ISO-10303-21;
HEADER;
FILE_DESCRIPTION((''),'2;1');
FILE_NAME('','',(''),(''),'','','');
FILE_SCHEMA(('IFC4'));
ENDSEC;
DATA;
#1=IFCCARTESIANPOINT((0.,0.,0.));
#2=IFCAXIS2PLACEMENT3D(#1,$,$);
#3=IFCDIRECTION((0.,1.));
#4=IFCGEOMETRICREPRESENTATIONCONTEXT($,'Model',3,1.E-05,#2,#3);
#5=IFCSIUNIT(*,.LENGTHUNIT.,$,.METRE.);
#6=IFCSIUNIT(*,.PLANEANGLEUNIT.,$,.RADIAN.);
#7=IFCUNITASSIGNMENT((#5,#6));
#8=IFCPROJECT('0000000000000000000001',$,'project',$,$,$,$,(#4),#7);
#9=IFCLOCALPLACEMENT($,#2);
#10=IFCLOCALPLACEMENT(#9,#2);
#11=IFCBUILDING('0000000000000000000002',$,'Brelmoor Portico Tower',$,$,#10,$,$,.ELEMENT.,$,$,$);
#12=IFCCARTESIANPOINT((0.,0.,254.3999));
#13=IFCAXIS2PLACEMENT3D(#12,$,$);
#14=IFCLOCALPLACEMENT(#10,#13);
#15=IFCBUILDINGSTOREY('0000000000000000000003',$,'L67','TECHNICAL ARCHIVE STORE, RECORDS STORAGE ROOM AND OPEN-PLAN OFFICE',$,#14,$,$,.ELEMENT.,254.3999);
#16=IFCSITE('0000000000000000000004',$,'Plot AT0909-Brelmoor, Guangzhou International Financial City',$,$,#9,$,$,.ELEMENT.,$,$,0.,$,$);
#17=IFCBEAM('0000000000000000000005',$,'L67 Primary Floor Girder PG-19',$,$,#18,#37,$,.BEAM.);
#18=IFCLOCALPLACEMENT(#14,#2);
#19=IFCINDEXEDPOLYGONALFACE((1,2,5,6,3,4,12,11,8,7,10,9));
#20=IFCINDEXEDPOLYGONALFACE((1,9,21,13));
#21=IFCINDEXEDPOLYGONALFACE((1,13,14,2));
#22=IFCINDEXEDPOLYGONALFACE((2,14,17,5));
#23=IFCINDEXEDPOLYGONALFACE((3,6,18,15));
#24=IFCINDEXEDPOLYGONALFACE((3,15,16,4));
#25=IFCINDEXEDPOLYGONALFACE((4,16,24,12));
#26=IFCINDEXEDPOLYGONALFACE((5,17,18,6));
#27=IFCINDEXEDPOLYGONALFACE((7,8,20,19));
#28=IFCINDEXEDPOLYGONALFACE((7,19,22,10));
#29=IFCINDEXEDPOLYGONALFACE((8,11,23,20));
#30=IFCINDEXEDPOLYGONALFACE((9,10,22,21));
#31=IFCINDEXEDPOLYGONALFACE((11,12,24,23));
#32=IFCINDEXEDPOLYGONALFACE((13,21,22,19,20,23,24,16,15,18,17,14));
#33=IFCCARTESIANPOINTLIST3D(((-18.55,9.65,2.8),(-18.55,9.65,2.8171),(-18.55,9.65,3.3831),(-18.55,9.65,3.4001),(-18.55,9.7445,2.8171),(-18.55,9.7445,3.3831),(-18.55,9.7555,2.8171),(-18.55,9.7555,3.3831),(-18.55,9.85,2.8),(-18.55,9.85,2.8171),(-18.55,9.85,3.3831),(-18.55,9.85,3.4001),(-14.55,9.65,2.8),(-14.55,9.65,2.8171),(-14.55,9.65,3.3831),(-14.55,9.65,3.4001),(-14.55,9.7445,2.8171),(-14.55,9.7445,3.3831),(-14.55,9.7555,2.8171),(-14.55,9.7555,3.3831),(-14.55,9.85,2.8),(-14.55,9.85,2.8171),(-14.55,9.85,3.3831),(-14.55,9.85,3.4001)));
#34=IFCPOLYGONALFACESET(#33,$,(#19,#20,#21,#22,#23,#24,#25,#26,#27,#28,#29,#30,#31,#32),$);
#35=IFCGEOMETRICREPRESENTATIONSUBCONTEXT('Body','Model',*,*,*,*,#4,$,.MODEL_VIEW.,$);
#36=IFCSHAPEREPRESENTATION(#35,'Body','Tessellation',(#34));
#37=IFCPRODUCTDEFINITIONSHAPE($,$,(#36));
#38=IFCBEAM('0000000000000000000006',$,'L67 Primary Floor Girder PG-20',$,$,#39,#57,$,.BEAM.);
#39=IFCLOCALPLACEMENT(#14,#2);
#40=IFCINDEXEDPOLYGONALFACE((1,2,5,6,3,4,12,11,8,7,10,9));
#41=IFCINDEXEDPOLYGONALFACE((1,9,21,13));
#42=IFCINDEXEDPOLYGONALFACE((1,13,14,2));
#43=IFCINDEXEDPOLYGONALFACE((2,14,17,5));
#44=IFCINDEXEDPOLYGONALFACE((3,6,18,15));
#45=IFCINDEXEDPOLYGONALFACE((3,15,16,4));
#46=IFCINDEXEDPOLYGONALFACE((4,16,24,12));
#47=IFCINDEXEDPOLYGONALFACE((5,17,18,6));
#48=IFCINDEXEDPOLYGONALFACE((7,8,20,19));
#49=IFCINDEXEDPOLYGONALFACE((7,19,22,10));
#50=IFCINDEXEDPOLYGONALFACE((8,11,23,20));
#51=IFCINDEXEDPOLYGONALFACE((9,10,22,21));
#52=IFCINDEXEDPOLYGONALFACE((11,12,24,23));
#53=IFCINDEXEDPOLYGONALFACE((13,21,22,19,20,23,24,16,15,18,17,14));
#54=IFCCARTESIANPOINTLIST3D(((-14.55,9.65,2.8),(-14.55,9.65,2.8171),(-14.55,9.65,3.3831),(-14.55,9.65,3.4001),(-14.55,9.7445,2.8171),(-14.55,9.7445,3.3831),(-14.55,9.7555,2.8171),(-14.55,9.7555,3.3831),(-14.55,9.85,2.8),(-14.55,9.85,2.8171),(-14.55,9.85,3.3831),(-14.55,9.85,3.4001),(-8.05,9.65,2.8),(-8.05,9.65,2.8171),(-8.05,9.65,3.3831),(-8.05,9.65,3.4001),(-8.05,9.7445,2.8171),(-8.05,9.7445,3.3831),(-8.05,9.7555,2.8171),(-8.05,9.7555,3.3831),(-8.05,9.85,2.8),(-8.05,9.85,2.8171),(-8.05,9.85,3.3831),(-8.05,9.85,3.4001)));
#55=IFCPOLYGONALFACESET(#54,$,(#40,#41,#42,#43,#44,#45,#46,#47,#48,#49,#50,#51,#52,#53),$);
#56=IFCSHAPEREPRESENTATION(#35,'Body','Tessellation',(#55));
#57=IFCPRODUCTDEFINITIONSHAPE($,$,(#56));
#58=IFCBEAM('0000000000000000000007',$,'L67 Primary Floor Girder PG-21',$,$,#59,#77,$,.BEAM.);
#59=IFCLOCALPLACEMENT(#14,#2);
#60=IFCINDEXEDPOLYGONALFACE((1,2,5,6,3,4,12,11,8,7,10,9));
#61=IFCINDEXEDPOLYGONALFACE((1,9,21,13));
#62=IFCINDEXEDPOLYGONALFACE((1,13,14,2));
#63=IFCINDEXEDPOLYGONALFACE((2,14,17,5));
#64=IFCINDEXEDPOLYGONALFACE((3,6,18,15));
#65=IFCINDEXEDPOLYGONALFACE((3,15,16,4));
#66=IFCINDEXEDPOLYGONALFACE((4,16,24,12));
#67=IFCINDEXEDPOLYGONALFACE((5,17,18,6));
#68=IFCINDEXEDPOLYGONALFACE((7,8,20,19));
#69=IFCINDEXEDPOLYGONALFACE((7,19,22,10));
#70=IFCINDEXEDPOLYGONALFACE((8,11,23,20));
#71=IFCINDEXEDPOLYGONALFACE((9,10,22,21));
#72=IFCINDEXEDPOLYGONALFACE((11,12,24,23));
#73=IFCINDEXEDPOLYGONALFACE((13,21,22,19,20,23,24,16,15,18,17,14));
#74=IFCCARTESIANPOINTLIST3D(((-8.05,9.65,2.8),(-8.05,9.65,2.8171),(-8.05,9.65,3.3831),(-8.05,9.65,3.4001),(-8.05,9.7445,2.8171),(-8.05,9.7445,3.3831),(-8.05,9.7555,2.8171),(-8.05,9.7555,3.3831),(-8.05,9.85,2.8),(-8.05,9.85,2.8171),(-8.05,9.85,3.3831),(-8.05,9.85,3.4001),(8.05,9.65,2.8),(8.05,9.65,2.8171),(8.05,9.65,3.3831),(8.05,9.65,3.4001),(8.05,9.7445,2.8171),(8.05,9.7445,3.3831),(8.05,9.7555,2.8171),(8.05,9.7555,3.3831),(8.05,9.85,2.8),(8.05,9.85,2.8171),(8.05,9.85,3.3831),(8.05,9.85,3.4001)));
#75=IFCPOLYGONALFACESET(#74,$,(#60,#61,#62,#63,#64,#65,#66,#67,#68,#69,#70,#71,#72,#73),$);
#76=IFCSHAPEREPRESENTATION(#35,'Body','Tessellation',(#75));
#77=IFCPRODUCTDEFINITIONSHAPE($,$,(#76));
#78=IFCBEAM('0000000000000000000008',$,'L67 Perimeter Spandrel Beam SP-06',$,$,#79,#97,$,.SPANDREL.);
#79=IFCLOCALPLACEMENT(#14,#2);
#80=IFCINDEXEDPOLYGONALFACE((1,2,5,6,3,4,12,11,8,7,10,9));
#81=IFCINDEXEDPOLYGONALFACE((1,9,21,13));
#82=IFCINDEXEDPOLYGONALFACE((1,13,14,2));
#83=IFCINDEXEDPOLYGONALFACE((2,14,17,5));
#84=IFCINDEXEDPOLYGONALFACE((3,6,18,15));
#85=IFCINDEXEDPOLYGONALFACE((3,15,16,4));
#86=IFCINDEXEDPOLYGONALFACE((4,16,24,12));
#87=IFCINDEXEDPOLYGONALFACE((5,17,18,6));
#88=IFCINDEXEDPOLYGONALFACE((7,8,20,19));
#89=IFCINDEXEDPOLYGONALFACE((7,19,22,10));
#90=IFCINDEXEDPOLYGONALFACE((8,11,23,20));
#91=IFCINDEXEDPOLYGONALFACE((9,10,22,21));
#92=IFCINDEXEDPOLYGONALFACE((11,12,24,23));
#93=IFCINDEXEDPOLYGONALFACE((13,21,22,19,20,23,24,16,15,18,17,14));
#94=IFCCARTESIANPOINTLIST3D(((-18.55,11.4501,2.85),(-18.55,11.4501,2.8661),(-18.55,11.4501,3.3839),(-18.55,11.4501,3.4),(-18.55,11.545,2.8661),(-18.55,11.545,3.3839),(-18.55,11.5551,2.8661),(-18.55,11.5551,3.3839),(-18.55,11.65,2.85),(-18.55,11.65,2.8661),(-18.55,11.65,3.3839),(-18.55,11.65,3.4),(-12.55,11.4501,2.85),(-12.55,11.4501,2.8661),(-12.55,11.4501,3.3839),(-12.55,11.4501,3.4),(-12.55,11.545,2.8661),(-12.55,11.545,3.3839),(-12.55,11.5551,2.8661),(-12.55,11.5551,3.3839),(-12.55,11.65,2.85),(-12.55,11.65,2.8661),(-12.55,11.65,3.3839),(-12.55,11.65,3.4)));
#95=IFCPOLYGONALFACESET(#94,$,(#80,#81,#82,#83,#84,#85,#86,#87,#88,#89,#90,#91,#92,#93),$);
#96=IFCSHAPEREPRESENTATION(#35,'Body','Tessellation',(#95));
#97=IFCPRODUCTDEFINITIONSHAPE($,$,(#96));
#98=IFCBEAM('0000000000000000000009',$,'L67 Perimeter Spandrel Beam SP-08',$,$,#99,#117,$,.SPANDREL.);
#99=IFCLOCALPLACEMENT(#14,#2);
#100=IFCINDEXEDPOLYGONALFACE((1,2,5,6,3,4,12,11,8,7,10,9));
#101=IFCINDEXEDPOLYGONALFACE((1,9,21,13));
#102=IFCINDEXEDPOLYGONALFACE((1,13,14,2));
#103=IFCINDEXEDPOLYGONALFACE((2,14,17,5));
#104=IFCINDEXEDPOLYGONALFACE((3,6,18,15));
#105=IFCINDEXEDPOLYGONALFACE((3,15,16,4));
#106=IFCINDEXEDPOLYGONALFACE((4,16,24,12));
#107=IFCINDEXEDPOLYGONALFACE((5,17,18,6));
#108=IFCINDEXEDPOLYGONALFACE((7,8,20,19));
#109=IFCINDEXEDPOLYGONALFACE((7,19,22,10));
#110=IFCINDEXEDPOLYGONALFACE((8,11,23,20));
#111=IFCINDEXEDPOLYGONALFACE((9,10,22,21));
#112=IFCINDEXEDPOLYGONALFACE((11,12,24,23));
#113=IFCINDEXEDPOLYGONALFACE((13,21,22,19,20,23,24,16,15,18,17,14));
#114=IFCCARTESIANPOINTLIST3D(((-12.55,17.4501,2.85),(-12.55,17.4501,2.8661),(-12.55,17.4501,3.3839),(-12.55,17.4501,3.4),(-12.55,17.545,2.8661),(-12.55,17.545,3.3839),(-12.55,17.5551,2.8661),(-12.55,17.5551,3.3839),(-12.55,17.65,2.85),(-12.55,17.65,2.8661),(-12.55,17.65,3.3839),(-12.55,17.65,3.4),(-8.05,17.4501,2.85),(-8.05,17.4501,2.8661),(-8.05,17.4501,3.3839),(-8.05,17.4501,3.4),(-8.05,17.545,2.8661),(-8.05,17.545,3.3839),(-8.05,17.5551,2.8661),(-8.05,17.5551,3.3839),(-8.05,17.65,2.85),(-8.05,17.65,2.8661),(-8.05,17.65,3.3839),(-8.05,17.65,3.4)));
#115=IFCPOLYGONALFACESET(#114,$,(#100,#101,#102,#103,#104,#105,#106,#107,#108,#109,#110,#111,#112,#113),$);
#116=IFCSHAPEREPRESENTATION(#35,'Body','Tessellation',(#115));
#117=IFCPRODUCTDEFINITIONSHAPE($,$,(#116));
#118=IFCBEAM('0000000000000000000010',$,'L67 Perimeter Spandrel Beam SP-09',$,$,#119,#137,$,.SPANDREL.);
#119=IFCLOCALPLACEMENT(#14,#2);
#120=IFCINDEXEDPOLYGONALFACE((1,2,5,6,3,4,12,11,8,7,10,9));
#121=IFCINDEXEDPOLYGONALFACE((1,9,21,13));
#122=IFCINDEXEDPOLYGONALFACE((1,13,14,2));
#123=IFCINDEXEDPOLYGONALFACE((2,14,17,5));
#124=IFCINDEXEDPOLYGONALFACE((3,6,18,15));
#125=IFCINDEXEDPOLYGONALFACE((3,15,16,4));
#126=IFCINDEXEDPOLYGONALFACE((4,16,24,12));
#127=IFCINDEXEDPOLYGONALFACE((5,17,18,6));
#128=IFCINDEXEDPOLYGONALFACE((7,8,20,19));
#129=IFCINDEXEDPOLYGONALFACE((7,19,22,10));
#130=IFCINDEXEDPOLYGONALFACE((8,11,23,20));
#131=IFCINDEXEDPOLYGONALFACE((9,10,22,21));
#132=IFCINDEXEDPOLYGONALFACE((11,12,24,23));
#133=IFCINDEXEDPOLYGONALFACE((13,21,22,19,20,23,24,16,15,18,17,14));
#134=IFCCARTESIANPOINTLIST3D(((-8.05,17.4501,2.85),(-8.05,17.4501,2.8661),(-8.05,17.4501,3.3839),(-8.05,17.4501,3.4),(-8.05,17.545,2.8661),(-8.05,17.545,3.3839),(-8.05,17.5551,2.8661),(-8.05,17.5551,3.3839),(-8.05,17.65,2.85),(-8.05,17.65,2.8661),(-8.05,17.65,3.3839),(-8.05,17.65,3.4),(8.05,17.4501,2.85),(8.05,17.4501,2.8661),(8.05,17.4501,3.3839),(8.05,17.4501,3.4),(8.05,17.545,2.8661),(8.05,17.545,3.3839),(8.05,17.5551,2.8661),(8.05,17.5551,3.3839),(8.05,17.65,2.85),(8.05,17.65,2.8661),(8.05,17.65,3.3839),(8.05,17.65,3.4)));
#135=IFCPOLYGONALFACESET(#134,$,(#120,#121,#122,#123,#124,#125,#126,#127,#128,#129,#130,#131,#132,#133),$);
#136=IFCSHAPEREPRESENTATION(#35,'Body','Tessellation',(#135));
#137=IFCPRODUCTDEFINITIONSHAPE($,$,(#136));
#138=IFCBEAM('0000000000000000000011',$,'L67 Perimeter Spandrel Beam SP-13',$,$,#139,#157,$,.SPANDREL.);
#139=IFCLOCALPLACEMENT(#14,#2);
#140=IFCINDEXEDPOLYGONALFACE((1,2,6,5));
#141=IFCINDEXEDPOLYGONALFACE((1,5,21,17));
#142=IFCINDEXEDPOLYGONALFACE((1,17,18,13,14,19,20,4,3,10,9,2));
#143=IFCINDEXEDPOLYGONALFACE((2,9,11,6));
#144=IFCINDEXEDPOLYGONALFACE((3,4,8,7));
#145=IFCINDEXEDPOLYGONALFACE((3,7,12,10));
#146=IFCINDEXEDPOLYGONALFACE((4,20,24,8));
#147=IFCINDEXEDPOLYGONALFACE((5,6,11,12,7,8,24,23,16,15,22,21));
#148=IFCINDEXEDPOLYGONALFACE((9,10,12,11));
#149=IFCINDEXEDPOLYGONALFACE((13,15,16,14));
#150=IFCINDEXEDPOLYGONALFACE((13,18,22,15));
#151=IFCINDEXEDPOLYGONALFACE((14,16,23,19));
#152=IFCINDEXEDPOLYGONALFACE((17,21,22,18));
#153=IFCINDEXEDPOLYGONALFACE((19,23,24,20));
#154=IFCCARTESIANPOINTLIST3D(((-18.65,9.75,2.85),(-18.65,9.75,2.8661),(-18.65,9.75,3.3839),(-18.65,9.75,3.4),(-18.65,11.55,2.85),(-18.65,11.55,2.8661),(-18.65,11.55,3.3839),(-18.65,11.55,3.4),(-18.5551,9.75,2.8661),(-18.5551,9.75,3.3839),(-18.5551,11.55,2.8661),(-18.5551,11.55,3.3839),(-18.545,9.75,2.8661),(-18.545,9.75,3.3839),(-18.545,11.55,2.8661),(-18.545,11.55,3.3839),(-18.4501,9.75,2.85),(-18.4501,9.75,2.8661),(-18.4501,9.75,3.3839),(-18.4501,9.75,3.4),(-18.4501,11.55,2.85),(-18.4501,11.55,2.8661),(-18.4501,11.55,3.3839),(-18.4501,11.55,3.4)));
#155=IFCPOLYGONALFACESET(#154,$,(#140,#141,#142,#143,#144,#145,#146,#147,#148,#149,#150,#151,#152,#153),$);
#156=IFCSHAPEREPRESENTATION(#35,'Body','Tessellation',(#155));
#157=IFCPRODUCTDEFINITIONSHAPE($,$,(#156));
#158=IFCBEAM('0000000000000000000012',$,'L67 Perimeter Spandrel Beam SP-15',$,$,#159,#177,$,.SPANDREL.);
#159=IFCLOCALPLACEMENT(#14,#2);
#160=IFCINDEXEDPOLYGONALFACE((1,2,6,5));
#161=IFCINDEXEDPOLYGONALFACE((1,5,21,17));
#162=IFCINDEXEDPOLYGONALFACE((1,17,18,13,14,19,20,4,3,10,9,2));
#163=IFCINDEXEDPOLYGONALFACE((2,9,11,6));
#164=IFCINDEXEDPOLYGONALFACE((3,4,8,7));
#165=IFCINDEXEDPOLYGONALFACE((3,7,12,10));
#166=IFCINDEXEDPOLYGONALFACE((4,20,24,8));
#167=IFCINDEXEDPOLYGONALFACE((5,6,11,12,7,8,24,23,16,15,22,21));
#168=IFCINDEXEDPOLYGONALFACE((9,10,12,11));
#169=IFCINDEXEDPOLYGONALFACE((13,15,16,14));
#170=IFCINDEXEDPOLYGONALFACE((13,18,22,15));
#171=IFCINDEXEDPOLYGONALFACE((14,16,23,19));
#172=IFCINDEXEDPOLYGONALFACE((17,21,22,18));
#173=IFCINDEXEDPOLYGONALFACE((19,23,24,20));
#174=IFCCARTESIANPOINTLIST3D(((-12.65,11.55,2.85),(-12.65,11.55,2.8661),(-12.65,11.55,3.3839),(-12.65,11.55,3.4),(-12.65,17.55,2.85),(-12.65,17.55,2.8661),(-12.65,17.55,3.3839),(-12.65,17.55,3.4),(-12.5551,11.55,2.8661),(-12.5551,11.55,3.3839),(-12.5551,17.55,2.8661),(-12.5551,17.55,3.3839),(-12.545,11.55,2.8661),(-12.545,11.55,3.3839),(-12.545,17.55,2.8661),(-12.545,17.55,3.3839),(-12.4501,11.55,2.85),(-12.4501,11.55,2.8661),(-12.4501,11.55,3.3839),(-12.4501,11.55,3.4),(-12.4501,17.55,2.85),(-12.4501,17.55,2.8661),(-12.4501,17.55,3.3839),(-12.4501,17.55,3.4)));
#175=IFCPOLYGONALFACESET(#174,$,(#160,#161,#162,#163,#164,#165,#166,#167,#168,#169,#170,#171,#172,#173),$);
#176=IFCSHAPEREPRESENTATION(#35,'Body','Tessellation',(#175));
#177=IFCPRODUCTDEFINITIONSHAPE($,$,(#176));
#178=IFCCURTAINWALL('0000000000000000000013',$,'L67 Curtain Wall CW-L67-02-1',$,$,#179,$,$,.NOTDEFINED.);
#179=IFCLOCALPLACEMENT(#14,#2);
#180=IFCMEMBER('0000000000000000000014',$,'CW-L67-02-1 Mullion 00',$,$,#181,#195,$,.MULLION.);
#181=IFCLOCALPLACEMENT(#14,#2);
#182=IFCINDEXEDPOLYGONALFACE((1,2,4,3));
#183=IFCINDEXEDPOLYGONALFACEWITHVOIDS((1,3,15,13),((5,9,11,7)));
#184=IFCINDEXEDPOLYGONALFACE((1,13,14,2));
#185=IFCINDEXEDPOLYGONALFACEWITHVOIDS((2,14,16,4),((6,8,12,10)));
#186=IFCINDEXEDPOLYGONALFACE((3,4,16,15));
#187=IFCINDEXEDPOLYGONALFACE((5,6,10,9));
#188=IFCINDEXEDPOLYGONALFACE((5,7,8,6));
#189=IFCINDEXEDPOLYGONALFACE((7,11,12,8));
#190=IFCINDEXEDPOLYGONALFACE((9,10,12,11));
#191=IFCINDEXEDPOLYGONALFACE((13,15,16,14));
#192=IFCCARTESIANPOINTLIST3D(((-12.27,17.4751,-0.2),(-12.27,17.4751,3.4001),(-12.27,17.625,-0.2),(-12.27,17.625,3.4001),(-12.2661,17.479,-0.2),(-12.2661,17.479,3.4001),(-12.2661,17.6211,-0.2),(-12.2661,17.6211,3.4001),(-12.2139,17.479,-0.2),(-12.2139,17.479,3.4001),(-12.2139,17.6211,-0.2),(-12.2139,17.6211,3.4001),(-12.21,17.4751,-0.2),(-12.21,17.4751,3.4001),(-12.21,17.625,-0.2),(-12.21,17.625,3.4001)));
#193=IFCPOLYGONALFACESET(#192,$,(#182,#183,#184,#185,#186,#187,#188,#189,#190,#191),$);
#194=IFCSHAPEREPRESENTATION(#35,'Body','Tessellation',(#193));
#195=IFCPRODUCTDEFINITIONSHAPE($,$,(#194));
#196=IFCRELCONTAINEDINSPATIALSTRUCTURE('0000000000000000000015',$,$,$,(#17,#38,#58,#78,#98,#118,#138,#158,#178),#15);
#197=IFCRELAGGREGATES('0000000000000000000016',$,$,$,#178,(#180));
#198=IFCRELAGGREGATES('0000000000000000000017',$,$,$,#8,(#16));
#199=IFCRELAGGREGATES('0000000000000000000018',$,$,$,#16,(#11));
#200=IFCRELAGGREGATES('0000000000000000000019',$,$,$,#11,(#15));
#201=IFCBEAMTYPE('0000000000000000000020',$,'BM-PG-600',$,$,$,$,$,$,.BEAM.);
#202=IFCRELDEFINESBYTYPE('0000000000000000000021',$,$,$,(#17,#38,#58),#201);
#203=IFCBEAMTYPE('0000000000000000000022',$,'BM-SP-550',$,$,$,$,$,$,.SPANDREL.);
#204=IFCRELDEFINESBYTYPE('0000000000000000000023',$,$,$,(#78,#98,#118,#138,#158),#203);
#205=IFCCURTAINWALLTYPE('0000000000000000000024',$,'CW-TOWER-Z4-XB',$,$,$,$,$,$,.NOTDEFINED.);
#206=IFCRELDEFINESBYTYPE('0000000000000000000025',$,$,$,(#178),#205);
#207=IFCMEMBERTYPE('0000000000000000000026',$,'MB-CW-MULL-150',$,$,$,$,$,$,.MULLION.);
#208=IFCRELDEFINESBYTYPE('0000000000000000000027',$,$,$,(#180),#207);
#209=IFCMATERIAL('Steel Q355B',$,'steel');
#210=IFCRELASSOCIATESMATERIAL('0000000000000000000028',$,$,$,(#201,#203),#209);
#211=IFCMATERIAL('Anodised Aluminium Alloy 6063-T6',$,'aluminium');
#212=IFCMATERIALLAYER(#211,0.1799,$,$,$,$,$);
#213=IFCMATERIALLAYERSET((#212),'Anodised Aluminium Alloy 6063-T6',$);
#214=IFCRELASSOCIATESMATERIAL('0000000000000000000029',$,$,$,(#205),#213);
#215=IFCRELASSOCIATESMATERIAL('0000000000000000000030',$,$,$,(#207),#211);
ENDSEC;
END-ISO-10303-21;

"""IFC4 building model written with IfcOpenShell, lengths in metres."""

from ifc_helpers import new_model, si_unit, direction, frame, origin, origin_2d, place, context, subcontext, project, spatial, hollow_rectangle, i_section, extrude, material, layer, layer_set, material_profile, profile_set, type_object, element, aggregate, save


model = new_model("IFC4")

# Units and contexts
model_context = context("Model", 3, precision=1e-05, world=origin(), true_north=direction((0.0, 1.0)))
body_context = subcontext(model_context, "Body", "Model", "MODEL_VIEW")
ifc_project = project(units=[si_unit("LENGTHUNIT", "METRE"), si_unit("PLANEANGLEUNIT", "RADIAN")], contexts=[model_context])

# Site, building, storey
site_placement = place(None, origin())
site = spatial("IfcSite", under=ifc_project, at=site_placement, Name="Plot AT0909-Brelmoor, Guangzhou International Financial City", CompositionType="ELEMENT", RefElevation=0.0)
building_placement = place(site_placement, origin())
building = spatial("IfcBuilding", under=site, at=building_placement, Name="Brelmoor Portico Tower", CompositionType="ELEMENT")
storey_placement = place(building_placement, frame((0.0, 0.0, 254.3999)))
storey = spatial("IfcBuildingStorey", under=building, at=storey_placement, Name="L67", Description="TECHNICAL ARCHIVE STORE, RECORDS STORAGE ROOM AND OPEN-PLAN OFFICE", CompositionType="ELEMENT", Elevation=254.3999)

# Shared definitions
ifc_material_1 = material(Name="Steel Q355B", Category="steel")

# Beams
ifc_material_profile_1 = material_profile(ifc_material_1, i_section(OverallWidth=0.2, OverallDepth=0.6001, WebThickness=0.011, FlangeThickness=0.0171, at=origin_2d()), Name="HN 600x200x11x17")
ifc_profile_set_1 = profile_set([ifc_material_profile_1], Name="Steel Q355B")
beam_type_1 = type_object("IfcBeamType", Name="BM-PG-600", PredefinedType="BEAM", material=ifc_profile_set_1)
beam_1_placement = place(storey_placement, frame((-18.55, 9.75, 3.1001), z_axis=(1.0, 0.0, 0.0), x_axis=(0.0, 1.0, 0.0)))
element("IfcBeam", 1, at=beam_1_placement, inside=storey, type_object=beam_type_1, Name="L67 Primary Floor Girder PG-19", PredefinedType="BEAM", context=body_context, shape_type="SweptSolid", body=[
    extrude(i_section(OverallWidth=0.2, OverallDepth=0.6001, WebThickness=0.011, FlangeThickness=0.0171, at=origin_2d()), origin(), (0.0, 0.0, 1.0), 4.0),
])
beam_2_placement = place(storey_placement, frame((-14.55, 9.75, 3.1001), z_axis=(1.0, 0.0, 0.0), x_axis=(0.0, 1.0, 0.0)))
element("IfcBeam", 2, at=beam_2_placement, inside=storey, type_object=beam_type_1, Name="L67 Primary Floor Girder PG-20", PredefinedType="BEAM", context=body_context, shape_type="SweptSolid", body=[
    extrude(i_section(OverallWidth=0.2, OverallDepth=0.6001, WebThickness=0.011, FlangeThickness=0.0171, at=origin_2d()), origin(), (0.0, 0.0, 1.0), 6.5),
])
beam_3_placement = place(storey_placement, frame((-8.05, 9.75, 3.1001), z_axis=(1.0, 0.0, 0.0), x_axis=(0.0, 1.0, 0.0)))
element("IfcBeam", 3, at=beam_3_placement, inside=storey, type_object=beam_type_1, Name="L67 Primary Floor Girder PG-21", PredefinedType="BEAM", context=body_context, shape_type="SweptSolid", body=[
    extrude(i_section(OverallWidth=0.2, OverallDepth=0.6001, WebThickness=0.011, FlangeThickness=0.0171, at=origin_2d()), origin(), (0.0, 0.0, 1.0), 16.1001),
])
ifc_material_profile_2 = material_profile(ifc_material_1, i_section(OverallWidth=0.2, OverallDepth=0.55, WebThickness=0.01, FlangeThickness=0.0161, at=origin_2d()), Name="HN 550x200x10x16")
ifc_profile_set_2 = profile_set([ifc_material_profile_2], Name="Steel Q355B")
beam_type_2 = type_object("IfcBeamType", Name="BM-SP-550", PredefinedType="SPANDREL", material=ifc_profile_set_2)
beam_4_placement = place(storey_placement, frame((-18.55, 11.55, 3.125), z_axis=(1.0, 0.0, 0.0), x_axis=(0.0, 1.0, 0.0)))
element("IfcBeam", 4, at=beam_4_placement, inside=storey, type_object=beam_type_2, Name="L67 Perimeter Spandrel Beam SP-06", PredefinedType="SPANDREL", context=body_context, shape_type="SweptSolid", body=[
    extrude(i_section(OverallWidth=0.2, OverallDepth=0.55, WebThickness=0.01, FlangeThickness=0.0161, at=origin_2d()), origin(), (0.0, 0.0, 1.0), 6.0),
])
beam_5_placement = place(storey_placement, frame((-12.55, 17.55, 3.125), z_axis=(1.0, 0.0, 0.0), x_axis=(0.0, 1.0, 0.0)))
element("IfcBeam", 5, at=beam_5_placement, inside=storey, type_object=beam_type_2, Name="L67 Perimeter Spandrel Beam SP-08", PredefinedType="SPANDREL", context=body_context, shape_type="SweptSolid", body=[
    extrude(i_section(OverallWidth=0.2, OverallDepth=0.55, WebThickness=0.01, FlangeThickness=0.0161, at=origin_2d()), origin(), (0.0, 0.0, 1.0), 4.5),
])
beam_6_placement = place(storey_placement, frame((-8.05, 17.55, 3.125), z_axis=(1.0, 0.0, 0.0), x_axis=(0.0, 1.0, 0.0)))
element("IfcBeam", 6, at=beam_6_placement, inside=storey, type_object=beam_type_2, Name="L67 Perimeter Spandrel Beam SP-09", PredefinedType="SPANDREL", context=body_context, shape_type="SweptSolid", body=[
    extrude(i_section(OverallWidth=0.2, OverallDepth=0.55, WebThickness=0.01, FlangeThickness=0.0161, at=origin_2d()), origin(), (0.0, 0.0, 1.0), 16.1001),
])
beam_7_placement = place(storey_placement, frame((-18.55, 9.75, 3.125), z_axis=(0.0, 1.0, 0.0), x_axis=(-1.0, 0.0, 0.0)))
element("IfcBeam", 7, at=beam_7_placement, inside=storey, type_object=beam_type_2, Name="L67 Perimeter Spandrel Beam SP-13", PredefinedType="SPANDREL", context=body_context, shape_type="SweptSolid", body=[
    extrude(i_section(OverallWidth=0.2, OverallDepth=0.55, WebThickness=0.01, FlangeThickness=0.0161, at=origin_2d()), origin(), (0.0, 0.0, 1.0), 1.8),
])
beam_8_placement = place(storey_placement, frame((-12.55, 11.55, 3.125), z_axis=(0.0, 1.0, 0.0), x_axis=(-1.0, 0.0, 0.0)))
element("IfcBeam", 8, at=beam_8_placement, inside=storey, type_object=beam_type_2, Name="L67 Perimeter Spandrel Beam SP-15", PredefinedType="SPANDREL", context=body_context, shape_type="SweptSolid", body=[
    extrude(i_section(OverallWidth=0.2, OverallDepth=0.55, WebThickness=0.01, FlangeThickness=0.0161, at=origin_2d()), origin(), (0.0, 0.0, 1.0), 6.0),
])

# Curtain wall, member
ifc_material_2 = material(Name="Anodised Aluminium Alloy 6063-T6", Category="aluminium")
ifc_layer_1 = layer(ifc_material_2, 0.1799)
ifc_layer_set_1 = layer_set([ifc_layer_1], Name="Anodised Aluminium Alloy 6063-T6")
curtain_wall_type_1 = type_object("IfcCurtainWallType", Name="CW-TOWER-Z4-XB", PredefinedType="NOTDEFINED", material=ifc_layer_set_1)
curtain_wall_1_placement = place(storey_placement, origin())
curtain_wall_1 = element("IfcCurtainWall", 9, at=curtain_wall_1_placement, inside=storey, type_object=curtain_wall_type_1, Name="L67 Curtain Wall CW-L67-02-1", PredefinedType="NOTDEFINED")
ifc_material_profile_3 = material_profile(ifc_material_2, hollow_rectangle(XDim=0.0601, YDim=0.1499, WallThickness=0.0039, at=origin_2d()), Name="ALU MULLION 60x150")
ifc_profile_set_3 = profile_set([ifc_material_profile_3], Name="Anodised Aluminium Alloy 6063-T6")
member_type_1 = type_object("IfcMemberType", Name="MB-CW-MULL-150", PredefinedType="MULLION", material=ifc_profile_set_3)
member_1_placement = place(storey_placement, frame((-12.24, 17.55, -0.2), z_axis=(0.0, 0.0, 1.0), x_axis=(1.0, 0.0, 0.0)))
member_1 = element("IfcMember", 10, at=member_1_placement, type_object=member_type_1, Name="CW-L67-02-1 Mullion 00", PredefinedType="MULLION", context=body_context, shape_type="SweptSolid", body=[
    extrude(hollow_rectangle(XDim=0.0601, YDim=0.1499, WallThickness=0.0039, at=origin_2d()), origin(), (0.0, 0.0, 1.0), 3.6001),
])

aggregate(curtain_wall_1, [member_1])

save(model, "model.ifc")
